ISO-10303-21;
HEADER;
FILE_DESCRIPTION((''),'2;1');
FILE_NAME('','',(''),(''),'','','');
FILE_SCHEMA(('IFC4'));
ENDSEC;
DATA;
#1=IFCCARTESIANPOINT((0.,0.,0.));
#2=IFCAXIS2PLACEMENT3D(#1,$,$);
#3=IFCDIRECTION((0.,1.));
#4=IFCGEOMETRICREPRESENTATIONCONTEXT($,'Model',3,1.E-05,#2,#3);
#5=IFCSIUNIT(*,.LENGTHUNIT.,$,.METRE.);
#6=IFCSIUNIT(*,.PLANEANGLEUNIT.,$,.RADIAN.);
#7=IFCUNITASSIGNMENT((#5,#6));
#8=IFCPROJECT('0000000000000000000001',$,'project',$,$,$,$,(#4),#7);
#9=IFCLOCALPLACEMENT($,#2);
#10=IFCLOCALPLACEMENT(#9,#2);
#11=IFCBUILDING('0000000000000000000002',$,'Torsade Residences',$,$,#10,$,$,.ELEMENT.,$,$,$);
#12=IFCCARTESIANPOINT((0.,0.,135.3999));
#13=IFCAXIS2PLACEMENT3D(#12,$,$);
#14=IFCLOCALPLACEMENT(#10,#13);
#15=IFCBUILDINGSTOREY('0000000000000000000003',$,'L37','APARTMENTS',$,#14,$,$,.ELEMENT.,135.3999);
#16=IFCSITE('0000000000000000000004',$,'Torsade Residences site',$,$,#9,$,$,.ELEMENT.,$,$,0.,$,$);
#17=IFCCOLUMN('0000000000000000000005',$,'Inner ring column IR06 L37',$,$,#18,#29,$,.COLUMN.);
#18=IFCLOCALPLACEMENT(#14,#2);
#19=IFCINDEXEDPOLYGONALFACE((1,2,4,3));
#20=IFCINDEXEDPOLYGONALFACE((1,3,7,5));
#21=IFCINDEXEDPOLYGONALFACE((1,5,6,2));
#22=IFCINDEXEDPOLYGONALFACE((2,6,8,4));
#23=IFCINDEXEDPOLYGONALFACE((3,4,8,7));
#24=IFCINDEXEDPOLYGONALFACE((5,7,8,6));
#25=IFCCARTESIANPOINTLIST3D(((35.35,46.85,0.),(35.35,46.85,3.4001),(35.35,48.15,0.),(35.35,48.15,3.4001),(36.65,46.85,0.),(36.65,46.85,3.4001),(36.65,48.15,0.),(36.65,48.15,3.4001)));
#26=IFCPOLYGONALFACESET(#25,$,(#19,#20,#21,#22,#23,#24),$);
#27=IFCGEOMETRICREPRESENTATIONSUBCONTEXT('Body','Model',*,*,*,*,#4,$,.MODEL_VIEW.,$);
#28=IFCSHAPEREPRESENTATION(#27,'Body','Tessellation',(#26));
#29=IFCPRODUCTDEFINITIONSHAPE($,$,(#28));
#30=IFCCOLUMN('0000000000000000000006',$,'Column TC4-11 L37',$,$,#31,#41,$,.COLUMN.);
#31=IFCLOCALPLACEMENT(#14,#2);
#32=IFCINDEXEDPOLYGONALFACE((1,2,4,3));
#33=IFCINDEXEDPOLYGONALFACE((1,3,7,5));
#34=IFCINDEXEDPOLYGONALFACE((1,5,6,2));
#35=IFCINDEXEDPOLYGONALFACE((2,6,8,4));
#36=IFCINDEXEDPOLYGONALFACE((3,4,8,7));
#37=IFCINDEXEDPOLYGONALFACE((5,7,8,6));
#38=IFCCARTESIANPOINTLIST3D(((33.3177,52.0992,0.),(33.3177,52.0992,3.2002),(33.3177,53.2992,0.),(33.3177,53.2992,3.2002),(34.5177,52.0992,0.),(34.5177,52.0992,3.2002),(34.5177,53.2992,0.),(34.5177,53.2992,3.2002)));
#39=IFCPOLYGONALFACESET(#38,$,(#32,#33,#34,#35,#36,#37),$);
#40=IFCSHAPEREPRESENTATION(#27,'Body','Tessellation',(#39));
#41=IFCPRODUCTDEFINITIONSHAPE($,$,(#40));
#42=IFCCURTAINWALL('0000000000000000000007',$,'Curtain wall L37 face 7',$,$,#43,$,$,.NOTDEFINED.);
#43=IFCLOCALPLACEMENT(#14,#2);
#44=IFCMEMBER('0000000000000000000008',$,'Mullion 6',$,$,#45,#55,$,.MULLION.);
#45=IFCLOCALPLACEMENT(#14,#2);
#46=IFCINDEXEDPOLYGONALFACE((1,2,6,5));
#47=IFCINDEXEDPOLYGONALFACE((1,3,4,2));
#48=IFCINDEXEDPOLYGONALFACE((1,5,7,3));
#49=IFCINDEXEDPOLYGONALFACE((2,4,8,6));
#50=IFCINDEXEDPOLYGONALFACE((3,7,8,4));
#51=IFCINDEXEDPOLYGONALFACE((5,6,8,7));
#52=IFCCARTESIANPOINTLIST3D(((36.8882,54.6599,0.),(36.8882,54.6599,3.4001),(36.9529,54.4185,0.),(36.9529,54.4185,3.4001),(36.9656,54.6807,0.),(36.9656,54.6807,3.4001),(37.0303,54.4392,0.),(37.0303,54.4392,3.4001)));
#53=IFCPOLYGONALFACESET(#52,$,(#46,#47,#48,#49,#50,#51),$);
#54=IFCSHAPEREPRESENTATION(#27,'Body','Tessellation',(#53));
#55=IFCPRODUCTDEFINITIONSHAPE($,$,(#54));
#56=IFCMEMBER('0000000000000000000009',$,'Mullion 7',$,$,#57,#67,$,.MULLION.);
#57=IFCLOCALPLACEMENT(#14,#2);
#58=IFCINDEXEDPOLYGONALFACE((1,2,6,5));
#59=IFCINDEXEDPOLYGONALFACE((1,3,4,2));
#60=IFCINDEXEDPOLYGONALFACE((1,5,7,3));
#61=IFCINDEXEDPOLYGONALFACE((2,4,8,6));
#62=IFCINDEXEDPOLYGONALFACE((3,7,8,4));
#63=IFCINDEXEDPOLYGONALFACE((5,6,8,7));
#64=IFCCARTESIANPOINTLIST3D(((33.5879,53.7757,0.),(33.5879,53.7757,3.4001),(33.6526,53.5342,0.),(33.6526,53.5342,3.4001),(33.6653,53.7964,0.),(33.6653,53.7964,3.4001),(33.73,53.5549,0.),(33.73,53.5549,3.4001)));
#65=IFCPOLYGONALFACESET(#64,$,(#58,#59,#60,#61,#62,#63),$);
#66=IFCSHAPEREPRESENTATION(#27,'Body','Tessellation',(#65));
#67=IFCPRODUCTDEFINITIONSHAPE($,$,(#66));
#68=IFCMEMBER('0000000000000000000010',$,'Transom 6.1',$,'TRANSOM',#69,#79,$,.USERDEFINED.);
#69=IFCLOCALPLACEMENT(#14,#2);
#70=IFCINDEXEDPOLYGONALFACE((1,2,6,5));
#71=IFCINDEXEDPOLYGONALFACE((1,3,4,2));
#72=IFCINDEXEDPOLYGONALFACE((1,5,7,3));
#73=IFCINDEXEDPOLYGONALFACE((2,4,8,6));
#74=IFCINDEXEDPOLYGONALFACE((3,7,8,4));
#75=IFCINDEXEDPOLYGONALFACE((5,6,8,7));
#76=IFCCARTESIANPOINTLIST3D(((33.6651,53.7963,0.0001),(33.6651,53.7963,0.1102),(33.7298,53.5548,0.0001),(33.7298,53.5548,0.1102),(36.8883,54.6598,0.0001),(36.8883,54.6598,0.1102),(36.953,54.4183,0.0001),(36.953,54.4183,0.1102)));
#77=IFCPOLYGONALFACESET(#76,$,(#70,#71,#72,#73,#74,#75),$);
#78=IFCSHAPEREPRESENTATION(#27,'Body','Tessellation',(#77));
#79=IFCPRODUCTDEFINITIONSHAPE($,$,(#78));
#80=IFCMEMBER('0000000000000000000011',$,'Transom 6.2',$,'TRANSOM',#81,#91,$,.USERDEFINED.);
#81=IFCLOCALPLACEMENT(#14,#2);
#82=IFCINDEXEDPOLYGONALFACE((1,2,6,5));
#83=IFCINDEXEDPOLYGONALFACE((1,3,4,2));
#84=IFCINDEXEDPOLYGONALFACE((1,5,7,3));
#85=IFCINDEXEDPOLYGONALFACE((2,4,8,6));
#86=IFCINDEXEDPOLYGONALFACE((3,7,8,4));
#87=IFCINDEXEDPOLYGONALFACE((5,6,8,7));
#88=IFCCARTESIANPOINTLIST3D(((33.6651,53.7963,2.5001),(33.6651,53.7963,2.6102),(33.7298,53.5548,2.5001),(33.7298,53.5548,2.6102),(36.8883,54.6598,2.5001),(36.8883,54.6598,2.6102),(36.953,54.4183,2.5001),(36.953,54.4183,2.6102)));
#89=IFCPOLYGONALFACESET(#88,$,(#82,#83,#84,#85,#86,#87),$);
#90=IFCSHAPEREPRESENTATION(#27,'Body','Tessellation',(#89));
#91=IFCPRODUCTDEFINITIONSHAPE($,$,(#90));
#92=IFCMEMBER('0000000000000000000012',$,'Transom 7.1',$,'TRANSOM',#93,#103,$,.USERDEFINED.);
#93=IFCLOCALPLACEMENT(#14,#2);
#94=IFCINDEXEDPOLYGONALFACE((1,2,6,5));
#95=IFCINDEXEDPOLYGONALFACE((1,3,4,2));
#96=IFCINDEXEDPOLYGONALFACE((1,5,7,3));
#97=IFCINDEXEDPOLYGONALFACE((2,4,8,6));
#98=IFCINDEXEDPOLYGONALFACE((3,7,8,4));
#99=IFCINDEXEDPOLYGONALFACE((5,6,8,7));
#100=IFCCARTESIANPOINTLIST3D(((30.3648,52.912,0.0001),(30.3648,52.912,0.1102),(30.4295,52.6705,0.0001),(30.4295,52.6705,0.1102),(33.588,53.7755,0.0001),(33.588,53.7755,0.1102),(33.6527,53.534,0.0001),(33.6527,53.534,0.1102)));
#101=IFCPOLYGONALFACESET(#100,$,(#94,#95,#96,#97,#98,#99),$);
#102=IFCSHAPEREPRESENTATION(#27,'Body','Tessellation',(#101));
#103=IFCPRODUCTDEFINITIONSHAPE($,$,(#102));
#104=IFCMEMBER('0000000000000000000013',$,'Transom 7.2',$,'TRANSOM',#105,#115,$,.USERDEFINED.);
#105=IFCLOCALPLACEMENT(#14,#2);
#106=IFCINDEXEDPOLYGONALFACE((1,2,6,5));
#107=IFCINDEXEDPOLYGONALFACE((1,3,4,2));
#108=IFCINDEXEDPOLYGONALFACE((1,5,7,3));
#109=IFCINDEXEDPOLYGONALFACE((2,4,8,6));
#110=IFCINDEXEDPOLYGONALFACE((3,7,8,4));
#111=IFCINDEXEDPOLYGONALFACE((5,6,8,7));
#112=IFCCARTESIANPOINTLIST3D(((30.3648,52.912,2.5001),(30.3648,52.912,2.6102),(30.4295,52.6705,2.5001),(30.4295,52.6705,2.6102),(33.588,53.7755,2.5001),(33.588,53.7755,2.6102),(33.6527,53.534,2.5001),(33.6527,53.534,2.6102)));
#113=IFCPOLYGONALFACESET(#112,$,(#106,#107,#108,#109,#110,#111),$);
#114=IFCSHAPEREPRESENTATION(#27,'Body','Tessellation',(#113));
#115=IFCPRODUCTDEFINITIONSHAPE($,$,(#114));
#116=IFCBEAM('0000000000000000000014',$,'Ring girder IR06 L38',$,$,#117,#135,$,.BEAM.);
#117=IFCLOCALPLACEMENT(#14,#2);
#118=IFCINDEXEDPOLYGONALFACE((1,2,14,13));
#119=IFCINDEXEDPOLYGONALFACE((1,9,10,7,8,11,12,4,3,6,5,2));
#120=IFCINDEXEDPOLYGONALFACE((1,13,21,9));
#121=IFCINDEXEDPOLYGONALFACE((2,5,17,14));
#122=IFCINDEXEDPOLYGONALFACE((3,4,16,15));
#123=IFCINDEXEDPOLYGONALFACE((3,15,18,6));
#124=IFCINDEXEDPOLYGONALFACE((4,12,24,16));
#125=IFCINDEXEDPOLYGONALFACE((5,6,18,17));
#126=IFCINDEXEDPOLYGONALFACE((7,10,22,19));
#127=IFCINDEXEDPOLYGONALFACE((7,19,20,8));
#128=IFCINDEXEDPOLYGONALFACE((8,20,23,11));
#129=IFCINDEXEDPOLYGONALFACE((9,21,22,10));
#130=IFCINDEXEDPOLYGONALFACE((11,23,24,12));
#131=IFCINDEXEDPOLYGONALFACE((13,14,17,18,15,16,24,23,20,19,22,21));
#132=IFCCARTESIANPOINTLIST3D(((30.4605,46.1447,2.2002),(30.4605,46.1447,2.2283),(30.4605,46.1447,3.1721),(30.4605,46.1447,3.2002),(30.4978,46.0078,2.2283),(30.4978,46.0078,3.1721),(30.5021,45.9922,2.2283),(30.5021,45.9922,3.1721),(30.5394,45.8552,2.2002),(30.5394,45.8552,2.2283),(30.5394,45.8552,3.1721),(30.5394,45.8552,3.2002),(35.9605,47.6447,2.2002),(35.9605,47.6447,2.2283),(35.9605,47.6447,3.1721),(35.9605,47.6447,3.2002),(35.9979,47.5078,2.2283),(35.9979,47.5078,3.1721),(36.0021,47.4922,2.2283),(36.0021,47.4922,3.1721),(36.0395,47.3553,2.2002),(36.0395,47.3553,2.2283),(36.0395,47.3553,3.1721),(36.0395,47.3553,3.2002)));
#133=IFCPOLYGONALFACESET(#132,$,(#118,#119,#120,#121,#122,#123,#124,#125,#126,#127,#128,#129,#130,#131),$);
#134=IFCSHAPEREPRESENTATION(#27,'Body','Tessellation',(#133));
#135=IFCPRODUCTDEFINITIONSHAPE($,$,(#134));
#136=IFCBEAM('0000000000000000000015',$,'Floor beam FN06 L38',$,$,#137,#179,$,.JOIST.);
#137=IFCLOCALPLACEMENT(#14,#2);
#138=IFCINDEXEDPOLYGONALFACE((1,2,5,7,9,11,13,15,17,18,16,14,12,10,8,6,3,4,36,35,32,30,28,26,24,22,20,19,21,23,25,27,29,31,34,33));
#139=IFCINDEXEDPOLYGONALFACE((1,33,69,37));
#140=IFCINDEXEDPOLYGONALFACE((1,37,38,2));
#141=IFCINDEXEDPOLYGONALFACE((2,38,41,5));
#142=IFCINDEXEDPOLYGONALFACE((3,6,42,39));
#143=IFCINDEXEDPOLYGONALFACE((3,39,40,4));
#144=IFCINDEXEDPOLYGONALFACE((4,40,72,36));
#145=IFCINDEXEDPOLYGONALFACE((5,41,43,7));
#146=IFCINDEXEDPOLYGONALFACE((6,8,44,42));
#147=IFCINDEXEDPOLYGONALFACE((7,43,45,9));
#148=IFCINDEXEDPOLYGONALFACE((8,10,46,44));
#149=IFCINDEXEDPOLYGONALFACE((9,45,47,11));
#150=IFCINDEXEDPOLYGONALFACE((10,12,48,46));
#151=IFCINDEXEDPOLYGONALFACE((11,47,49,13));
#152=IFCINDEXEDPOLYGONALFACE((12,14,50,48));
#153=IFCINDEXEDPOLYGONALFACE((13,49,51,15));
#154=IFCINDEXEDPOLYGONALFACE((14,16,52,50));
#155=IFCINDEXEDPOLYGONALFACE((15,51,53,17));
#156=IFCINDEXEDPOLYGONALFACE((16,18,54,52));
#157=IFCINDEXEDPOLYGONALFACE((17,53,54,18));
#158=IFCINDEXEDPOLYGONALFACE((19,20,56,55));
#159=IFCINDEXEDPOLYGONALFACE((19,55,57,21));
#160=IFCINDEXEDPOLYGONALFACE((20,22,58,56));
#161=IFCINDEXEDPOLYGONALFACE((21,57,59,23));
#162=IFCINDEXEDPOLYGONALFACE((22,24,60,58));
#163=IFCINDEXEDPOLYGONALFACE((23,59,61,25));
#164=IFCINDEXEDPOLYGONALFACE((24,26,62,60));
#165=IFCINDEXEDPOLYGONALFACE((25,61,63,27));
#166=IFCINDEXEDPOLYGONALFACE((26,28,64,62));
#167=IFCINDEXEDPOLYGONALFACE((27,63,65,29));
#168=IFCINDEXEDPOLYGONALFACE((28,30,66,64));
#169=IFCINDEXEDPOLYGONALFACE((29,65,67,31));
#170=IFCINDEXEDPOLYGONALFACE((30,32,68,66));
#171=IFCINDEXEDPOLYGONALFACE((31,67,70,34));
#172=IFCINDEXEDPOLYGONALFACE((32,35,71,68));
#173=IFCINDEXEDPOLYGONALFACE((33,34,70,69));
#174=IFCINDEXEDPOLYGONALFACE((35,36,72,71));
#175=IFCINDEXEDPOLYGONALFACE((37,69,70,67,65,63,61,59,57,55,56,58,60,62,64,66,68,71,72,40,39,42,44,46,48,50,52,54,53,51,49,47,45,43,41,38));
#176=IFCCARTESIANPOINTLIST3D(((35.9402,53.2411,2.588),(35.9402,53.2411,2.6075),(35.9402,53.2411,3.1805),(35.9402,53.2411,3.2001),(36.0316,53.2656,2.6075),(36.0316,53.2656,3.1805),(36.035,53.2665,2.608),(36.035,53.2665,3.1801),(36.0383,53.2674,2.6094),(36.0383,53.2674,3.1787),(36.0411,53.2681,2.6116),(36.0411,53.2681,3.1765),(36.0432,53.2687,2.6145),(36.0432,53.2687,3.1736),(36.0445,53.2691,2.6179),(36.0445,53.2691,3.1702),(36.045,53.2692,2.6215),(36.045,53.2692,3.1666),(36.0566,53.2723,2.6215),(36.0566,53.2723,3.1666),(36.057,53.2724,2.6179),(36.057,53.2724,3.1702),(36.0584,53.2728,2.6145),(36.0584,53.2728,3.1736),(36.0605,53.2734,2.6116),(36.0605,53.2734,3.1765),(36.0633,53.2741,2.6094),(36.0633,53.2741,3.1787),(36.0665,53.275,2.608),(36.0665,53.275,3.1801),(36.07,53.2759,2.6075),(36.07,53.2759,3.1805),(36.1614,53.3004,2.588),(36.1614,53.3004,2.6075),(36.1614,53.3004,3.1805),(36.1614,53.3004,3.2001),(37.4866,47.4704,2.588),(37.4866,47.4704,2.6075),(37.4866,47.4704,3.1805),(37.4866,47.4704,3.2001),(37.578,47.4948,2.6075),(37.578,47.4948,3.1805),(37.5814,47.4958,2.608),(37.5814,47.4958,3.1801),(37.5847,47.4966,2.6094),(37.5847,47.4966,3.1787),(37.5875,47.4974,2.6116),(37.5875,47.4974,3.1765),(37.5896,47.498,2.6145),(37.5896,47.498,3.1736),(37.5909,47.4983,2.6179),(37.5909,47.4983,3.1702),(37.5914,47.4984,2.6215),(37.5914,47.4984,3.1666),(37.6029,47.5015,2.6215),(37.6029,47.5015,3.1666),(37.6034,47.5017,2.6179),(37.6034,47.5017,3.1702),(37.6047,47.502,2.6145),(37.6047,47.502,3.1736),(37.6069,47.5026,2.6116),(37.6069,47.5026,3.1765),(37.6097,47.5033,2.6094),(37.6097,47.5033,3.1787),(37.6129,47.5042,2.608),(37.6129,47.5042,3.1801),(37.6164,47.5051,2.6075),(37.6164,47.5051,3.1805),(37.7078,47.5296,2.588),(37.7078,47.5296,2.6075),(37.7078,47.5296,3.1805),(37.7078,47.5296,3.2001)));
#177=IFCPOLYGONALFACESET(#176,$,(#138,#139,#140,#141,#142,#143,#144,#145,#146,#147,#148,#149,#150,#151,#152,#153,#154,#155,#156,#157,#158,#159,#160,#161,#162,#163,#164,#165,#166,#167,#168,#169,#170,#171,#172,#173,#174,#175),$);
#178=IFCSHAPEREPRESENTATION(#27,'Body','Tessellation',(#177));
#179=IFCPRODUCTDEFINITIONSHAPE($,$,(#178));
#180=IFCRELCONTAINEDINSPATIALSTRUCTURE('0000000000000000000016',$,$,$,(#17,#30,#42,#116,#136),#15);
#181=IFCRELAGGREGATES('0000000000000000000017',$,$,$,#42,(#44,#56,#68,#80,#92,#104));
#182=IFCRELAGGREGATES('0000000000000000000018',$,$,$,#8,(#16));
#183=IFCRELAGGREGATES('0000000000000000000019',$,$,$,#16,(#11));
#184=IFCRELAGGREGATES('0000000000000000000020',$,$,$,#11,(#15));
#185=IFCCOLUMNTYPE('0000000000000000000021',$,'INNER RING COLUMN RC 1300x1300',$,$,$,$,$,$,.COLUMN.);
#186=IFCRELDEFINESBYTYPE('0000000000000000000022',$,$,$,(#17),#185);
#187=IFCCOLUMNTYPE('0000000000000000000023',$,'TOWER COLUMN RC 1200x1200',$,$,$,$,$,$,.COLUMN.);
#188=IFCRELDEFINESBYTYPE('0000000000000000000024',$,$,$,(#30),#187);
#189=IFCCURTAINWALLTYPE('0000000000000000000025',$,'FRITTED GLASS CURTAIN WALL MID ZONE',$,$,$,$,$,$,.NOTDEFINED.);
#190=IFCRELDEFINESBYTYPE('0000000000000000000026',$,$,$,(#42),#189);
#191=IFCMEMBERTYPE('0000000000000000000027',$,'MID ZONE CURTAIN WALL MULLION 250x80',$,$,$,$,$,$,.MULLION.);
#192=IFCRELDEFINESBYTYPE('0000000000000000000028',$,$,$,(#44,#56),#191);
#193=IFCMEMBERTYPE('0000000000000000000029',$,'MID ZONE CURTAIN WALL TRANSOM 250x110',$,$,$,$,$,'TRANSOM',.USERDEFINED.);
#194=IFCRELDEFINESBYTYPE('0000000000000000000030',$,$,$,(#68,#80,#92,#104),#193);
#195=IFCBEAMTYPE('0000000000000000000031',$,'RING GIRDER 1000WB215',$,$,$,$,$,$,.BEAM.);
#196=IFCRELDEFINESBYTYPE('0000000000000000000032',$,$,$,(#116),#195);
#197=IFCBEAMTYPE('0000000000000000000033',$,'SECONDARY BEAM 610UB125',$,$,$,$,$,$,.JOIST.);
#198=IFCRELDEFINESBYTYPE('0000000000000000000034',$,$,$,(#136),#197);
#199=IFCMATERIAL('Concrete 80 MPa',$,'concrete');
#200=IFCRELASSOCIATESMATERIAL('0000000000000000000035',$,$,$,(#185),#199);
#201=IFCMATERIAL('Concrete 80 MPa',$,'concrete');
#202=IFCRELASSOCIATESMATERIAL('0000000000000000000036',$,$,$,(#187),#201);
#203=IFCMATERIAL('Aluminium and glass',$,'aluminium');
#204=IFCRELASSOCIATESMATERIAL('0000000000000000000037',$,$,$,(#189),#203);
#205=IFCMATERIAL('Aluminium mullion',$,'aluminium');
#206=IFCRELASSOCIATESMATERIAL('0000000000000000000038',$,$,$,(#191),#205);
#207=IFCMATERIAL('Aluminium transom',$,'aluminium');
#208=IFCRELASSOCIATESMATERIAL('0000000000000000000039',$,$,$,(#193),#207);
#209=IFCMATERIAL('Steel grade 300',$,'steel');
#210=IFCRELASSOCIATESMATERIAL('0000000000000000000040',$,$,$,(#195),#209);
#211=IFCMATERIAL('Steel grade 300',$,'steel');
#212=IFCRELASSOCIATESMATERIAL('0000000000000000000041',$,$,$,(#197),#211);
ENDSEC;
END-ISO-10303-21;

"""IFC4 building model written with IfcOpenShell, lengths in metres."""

from ifc_helpers import new_model, si_unit, direction, frame, origin, origin_2d, place, context, subcontext, project, spatial, rectangle, i_section, extrude, material, material_profile, profile_set, type_object, element, aggregate, save


model = new_model("IFC4")

# Units and contexts
model_context = context("Model", 3, precision=1e-05, world=origin(), true_north=direction((0.0, 1.0)))
body_context = subcontext(model_context, "Body", "Model", "MODEL_VIEW")
ifc_project = project(units=[si_unit("LENGTHUNIT", "METRE"), si_unit("PLANEANGLEUNIT", "RADIAN")], contexts=[model_context])

# Site, building, storey
site_placement = place(None, origin())
site = spatial("IfcSite", under=ifc_project, at=site_placement, Name="Torsade Residences site", CompositionType="ELEMENT", RefElevation=0.0)
building_placement = place(site_placement, origin())
building = spatial("IfcBuilding", under=site, at=building_placement, Name="Torsade Residences", CompositionType="ELEMENT")
storey_placement = place(building_placement, frame((0.0, 0.0, 135.3999)))
storey = spatial("IfcBuildingStorey", under=building, at=storey_placement, Name="L37", Description="APARTMENTS", CompositionType="ELEMENT", Elevation=135.3999)

# Columns
ifc_material_1 = material(Name="Concrete 80 MPa", Category="concrete")
ifc_material_profile_1 = material_profile(ifc_material_1, rectangle(XDim=1.3, YDim=1.3, at=origin_2d()), Name="RC 1300x1300")
ifc_profile_set_1 = profile_set([ifc_material_profile_1], Name="Concrete 80 MPa")
column_type_1 = type_object("IfcColumnType", Name="INNER RING COLUMN RC 1300x1300", PredefinedType="COLUMN", material=ifc_profile_set_1)
column_1_placement = place(storey_placement, frame((36.0, 47.5, 0.0), z_axis=(0.0, 0.0, 1.0), x_axis=(1.0, 0.0, 0.0)))
element("IfcColumn", 1, at=column_1_placement, inside=storey, type_object=column_type_1, Name="Inner ring column IR06 L37", PredefinedType="COLUMN", context=body_context, shape_type="SweptSolid", body=[
    extrude(rectangle(XDim=1.3, YDim=1.3, at=origin_2d()), origin(), (0.0, 0.0, 1.0), 3.4001),
])
ifc_material_2 = material(Name="Concrete 80 MPa", Category="concrete")
ifc_material_profile_2 = material_profile(ifc_material_2, rectangle(XDim=1.2, YDim=1.2, at=origin_2d()), Name="RC 1200x1200")
ifc_profile_set_2 = profile_set([ifc_material_profile_2], Name="Concrete 80 MPa")
column_type_2 = type_object("IfcColumnType", Name="TOWER COLUMN RC 1200x1200", PredefinedType="COLUMN", material=ifc_profile_set_2)
column_2_placement = place(storey_placement, frame((33.9177, 52.6992, 0.0), z_axis=(0.0, 0.0, 1.0), x_axis=(1.0, 0.0, 0.0)))
element("IfcColumn", 2, at=column_2_placement, inside=storey, type_object=column_type_2, Name="Column TC4-11 L37", PredefinedType="COLUMN", context=body_context, shape_type="SweptSolid", body=[
    extrude(rectangle(XDim=1.2, YDim=1.2, at=origin_2d()), origin(), (0.0, 0.0, 1.0), 3.2002),
])

# Curtain wall, members
ifc_material_3 = material(Name="Aluminium and glass", Category="aluminium")
curtain_wall_type = type_object("IfcCurtainWallType", Name="FRITTED GLASS CURTAIN WALL MID ZONE", PredefinedType="NOTDEFINED", material=ifc_material_3)
curtain_wall_placement = place(storey_placement, origin())
curtain_wall = element("IfcCurtainWall", 3, at=curtain_wall_placement, inside=storey, type_object=curtain_wall_type, Name="Curtain wall L37 face 7", PredefinedType="NOTDEFINED")
ifc_material_4 = material(Name="Aluminium mullion", Category="aluminium")
ifc_material_profile_3 = material_profile(ifc_material_4, rectangle(XDim=0.25, YDim=0.0801, at=origin_2d()), Name="MID ZONE CURTAIN WALL MULLION 250x80")
ifc_profile_set_3 = profile_set([ifc_material_profile_3], Name="Aluminium mullion")
member_type_1 = type_object("IfcMemberType", Name="MID ZONE CURTAIN WALL MULLION 250x80", PredefinedType="MULLION", material=ifc_profile_set_3)
member_1_placement = place(storey_placement, frame((36.9592, 54.5496, 0.0), z_axis=(0.0, 0.0, 1.0), x_axis=(0.258819, -0.965926, 0.0)))
member_1 = element("IfcMember", 4, at=member_1_placement, type_object=member_type_1, Name="Mullion 6", PredefinedType="MULLION", context=body_context, shape_type="SweptSolid", body=[
    extrude(rectangle(XDim=0.25, YDim=0.0801, at=origin_2d()), origin(), (0.0, 0.0, 1.0), 3.4001),
])
member_2_placement = place(storey_placement, frame((33.6589, 53.6653, 0.0), z_axis=(0.0, 0.0, 1.0), x_axis=(0.258819, -0.965926, 0.0)))
member_2 = element("IfcMember", 5, at=member_2_placement, type_object=member_type_1, Name="Mullion 7", PredefinedType="MULLION", context=body_context, shape_type="SweptSolid", body=[
    extrude(rectangle(XDim=0.25, YDim=0.0801, at=origin_2d()), origin(), (0.0, 0.0, 1.0), 3.4001),
])
ifc_material_5 = material(Name="Aluminium transom", Category="aluminium")
ifc_material_profile_4 = material_profile(ifc_material_5, rectangle(XDim=0.25, YDim=0.1101, at=origin_2d()), Name="MID ZONE CURTAIN WALL TRANSOM 250x110")
ifc_profile_set_4 = profile_set([ifc_material_profile_4], Name="Aluminium transom")
member_type_2 = type_object("IfcMemberType", Name="MID ZONE CURTAIN WALL TRANSOM 250x110", ElementType="TRANSOM", PredefinedType="USERDEFINED", material=ifc_profile_set_4)
member_3_placement = place(storey_placement, frame((36.9207, 54.5391, 0.0552), z_axis=(-0.965934, -0.258787, 0.0), x_axis=(0.258787, -0.965934, 0.0)))
member_3 = element("IfcMember", 6, at=member_3_placement, type_object=member_type_2, Name="Transom 6.1", ObjectType="TRANSOM", PredefinedType="USERDEFINED", context=body_context, shape_type="SweptSolid", body=[
    extrude(rectangle(XDim=0.25, YDim=0.1101, at=origin_2d()), origin(), (0.0, 0.0, 1.0), 3.3369),
])
member_4_placement = place(storey_placement, frame((36.9207, 54.5391, 2.5552), z_axis=(-0.965934, -0.258787, 0.0), x_axis=(0.258787, -0.965934, 0.0)))
member_4 = element("IfcMember", 7, at=member_4_placement, type_object=member_type_2, Name="Transom 6.2", ObjectType="TRANSOM", PredefinedType="USERDEFINED", context=body_context, shape_type="SweptSolid", body=[
    extrude(rectangle(XDim=0.25, YDim=0.1101, at=origin_2d()), origin(), (0.0, 0.0, 1.0), 3.3369),
])
member_5_placement = place(storey_placement, frame((33.6204, 53.6548, 0.0552), z_axis=(-0.965934, -0.258787, 0.0), x_axis=(0.258787, -0.965934, 0.0)))
member_5 = element("IfcMember", 8, at=member_5_placement, type_object=member_type_2, Name="Transom 7.1", ObjectType="TRANSOM", PredefinedType="USERDEFINED", context=body_context, shape_type="SweptSolid", body=[
    extrude(rectangle(XDim=0.25, YDim=0.1101, at=origin_2d()), origin(), (0.0, 0.0, 1.0), 3.3369),
])
member_6_placement = place(storey_placement, frame((33.6204, 53.6548, 2.5552), z_axis=(-0.965934, -0.258787, 0.0), x_axis=(0.258787, -0.965934, 0.0)))
member_6 = element("IfcMember", 9, at=member_6_placement, type_object=member_type_2, Name="Transom 7.2", ObjectType="TRANSOM", PredefinedType="USERDEFINED", context=body_context, shape_type="SweptSolid", body=[
    extrude(rectangle(XDim=0.25, YDim=0.1101, at=origin_2d()), origin(), (0.0, 0.0, 1.0), 3.3369),
])

# Beams
ifc_material_6 = material(Name="Steel grade 300", Category="steel")
ifc_material_profile_5 = material_profile(ifc_material_6, i_section(OverallWidth=0.3, OverallDepth=1.0, WebThickness=0.0161, FlangeThickness=0.0281, at=origin_2d()), Name="1000WB215")
ifc_profile_set_5 = profile_set([ifc_material_profile_5], Name="Steel grade 300")
beam_type_1 = type_object("IfcBeamType", Name="RING GIRDER 1000WB215", PredefinedType="BEAM", material=ifc_profile_set_5)
beam_1_placement = place(storey_placement, frame((36.0, 47.5, 2.7002), z_axis=(-0.964764, -0.263117, 0.0), x_axis=(0.263117, -0.964764, 0.0)))
element("IfcBeam", 10, at=beam_1_placement, inside=storey, type_object=beam_type_1, Name="Ring girder IR06 L38", PredefinedType="BEAM", context=body_context, shape_type="SweptSolid", body=[
    extrude(i_section(OverallWidth=0.3, OverallDepth=1.0, WebThickness=0.0161, FlangeThickness=0.0281, at=origin_2d()), origin(), (0.0, 0.0, 1.0), 5.7009),
])
ifc_material_7 = material(Name="Steel grade 300", Category="steel")
ifc_material_profile_6 = material_profile(ifc_material_7, i_section(OverallWidth=0.229, OverallDepth=0.6121, WebThickness=0.012, FlangeThickness=0.0195, FilletRadius=0.0139, at=origin_2d()), Name="610UB125")
ifc_profile_set_6 = profile_set([ifc_material_profile_6], Name="Steel grade 300")
beam_type_2 = type_object("IfcBeamType", Name="SECONDARY BEAM 610UB125", PredefinedType="JOIST", material=ifc_profile_set_6)
beam_2_placement = place(storey_placement, frame((36.0508, 53.2708, 2.894), z_axis=(0.258838, -0.965921, 0.0), x_axis=(0.965921, 0.258838, 0.0)))
element("IfcBeam", 11, at=beam_2_placement, inside=storey, type_object=beam_type_2, Name="Floor beam FN06 L38", PredefinedType="JOIST", context=body_context, shape_type="SweptSolid", body=[
    extrude(i_section(OverallWidth=0.229, OverallDepth=0.6121, WebThickness=0.012, FlangeThickness=0.0195, FilletRadius=0.0139, at=origin_2d()), origin(), (0.0, 0.0, 1.0), 5.9744),
])

aggregate(curtain_wall, [member_1, member_2, member_3, member_4, member_5, member_6])

save(model, "model.ifc")
